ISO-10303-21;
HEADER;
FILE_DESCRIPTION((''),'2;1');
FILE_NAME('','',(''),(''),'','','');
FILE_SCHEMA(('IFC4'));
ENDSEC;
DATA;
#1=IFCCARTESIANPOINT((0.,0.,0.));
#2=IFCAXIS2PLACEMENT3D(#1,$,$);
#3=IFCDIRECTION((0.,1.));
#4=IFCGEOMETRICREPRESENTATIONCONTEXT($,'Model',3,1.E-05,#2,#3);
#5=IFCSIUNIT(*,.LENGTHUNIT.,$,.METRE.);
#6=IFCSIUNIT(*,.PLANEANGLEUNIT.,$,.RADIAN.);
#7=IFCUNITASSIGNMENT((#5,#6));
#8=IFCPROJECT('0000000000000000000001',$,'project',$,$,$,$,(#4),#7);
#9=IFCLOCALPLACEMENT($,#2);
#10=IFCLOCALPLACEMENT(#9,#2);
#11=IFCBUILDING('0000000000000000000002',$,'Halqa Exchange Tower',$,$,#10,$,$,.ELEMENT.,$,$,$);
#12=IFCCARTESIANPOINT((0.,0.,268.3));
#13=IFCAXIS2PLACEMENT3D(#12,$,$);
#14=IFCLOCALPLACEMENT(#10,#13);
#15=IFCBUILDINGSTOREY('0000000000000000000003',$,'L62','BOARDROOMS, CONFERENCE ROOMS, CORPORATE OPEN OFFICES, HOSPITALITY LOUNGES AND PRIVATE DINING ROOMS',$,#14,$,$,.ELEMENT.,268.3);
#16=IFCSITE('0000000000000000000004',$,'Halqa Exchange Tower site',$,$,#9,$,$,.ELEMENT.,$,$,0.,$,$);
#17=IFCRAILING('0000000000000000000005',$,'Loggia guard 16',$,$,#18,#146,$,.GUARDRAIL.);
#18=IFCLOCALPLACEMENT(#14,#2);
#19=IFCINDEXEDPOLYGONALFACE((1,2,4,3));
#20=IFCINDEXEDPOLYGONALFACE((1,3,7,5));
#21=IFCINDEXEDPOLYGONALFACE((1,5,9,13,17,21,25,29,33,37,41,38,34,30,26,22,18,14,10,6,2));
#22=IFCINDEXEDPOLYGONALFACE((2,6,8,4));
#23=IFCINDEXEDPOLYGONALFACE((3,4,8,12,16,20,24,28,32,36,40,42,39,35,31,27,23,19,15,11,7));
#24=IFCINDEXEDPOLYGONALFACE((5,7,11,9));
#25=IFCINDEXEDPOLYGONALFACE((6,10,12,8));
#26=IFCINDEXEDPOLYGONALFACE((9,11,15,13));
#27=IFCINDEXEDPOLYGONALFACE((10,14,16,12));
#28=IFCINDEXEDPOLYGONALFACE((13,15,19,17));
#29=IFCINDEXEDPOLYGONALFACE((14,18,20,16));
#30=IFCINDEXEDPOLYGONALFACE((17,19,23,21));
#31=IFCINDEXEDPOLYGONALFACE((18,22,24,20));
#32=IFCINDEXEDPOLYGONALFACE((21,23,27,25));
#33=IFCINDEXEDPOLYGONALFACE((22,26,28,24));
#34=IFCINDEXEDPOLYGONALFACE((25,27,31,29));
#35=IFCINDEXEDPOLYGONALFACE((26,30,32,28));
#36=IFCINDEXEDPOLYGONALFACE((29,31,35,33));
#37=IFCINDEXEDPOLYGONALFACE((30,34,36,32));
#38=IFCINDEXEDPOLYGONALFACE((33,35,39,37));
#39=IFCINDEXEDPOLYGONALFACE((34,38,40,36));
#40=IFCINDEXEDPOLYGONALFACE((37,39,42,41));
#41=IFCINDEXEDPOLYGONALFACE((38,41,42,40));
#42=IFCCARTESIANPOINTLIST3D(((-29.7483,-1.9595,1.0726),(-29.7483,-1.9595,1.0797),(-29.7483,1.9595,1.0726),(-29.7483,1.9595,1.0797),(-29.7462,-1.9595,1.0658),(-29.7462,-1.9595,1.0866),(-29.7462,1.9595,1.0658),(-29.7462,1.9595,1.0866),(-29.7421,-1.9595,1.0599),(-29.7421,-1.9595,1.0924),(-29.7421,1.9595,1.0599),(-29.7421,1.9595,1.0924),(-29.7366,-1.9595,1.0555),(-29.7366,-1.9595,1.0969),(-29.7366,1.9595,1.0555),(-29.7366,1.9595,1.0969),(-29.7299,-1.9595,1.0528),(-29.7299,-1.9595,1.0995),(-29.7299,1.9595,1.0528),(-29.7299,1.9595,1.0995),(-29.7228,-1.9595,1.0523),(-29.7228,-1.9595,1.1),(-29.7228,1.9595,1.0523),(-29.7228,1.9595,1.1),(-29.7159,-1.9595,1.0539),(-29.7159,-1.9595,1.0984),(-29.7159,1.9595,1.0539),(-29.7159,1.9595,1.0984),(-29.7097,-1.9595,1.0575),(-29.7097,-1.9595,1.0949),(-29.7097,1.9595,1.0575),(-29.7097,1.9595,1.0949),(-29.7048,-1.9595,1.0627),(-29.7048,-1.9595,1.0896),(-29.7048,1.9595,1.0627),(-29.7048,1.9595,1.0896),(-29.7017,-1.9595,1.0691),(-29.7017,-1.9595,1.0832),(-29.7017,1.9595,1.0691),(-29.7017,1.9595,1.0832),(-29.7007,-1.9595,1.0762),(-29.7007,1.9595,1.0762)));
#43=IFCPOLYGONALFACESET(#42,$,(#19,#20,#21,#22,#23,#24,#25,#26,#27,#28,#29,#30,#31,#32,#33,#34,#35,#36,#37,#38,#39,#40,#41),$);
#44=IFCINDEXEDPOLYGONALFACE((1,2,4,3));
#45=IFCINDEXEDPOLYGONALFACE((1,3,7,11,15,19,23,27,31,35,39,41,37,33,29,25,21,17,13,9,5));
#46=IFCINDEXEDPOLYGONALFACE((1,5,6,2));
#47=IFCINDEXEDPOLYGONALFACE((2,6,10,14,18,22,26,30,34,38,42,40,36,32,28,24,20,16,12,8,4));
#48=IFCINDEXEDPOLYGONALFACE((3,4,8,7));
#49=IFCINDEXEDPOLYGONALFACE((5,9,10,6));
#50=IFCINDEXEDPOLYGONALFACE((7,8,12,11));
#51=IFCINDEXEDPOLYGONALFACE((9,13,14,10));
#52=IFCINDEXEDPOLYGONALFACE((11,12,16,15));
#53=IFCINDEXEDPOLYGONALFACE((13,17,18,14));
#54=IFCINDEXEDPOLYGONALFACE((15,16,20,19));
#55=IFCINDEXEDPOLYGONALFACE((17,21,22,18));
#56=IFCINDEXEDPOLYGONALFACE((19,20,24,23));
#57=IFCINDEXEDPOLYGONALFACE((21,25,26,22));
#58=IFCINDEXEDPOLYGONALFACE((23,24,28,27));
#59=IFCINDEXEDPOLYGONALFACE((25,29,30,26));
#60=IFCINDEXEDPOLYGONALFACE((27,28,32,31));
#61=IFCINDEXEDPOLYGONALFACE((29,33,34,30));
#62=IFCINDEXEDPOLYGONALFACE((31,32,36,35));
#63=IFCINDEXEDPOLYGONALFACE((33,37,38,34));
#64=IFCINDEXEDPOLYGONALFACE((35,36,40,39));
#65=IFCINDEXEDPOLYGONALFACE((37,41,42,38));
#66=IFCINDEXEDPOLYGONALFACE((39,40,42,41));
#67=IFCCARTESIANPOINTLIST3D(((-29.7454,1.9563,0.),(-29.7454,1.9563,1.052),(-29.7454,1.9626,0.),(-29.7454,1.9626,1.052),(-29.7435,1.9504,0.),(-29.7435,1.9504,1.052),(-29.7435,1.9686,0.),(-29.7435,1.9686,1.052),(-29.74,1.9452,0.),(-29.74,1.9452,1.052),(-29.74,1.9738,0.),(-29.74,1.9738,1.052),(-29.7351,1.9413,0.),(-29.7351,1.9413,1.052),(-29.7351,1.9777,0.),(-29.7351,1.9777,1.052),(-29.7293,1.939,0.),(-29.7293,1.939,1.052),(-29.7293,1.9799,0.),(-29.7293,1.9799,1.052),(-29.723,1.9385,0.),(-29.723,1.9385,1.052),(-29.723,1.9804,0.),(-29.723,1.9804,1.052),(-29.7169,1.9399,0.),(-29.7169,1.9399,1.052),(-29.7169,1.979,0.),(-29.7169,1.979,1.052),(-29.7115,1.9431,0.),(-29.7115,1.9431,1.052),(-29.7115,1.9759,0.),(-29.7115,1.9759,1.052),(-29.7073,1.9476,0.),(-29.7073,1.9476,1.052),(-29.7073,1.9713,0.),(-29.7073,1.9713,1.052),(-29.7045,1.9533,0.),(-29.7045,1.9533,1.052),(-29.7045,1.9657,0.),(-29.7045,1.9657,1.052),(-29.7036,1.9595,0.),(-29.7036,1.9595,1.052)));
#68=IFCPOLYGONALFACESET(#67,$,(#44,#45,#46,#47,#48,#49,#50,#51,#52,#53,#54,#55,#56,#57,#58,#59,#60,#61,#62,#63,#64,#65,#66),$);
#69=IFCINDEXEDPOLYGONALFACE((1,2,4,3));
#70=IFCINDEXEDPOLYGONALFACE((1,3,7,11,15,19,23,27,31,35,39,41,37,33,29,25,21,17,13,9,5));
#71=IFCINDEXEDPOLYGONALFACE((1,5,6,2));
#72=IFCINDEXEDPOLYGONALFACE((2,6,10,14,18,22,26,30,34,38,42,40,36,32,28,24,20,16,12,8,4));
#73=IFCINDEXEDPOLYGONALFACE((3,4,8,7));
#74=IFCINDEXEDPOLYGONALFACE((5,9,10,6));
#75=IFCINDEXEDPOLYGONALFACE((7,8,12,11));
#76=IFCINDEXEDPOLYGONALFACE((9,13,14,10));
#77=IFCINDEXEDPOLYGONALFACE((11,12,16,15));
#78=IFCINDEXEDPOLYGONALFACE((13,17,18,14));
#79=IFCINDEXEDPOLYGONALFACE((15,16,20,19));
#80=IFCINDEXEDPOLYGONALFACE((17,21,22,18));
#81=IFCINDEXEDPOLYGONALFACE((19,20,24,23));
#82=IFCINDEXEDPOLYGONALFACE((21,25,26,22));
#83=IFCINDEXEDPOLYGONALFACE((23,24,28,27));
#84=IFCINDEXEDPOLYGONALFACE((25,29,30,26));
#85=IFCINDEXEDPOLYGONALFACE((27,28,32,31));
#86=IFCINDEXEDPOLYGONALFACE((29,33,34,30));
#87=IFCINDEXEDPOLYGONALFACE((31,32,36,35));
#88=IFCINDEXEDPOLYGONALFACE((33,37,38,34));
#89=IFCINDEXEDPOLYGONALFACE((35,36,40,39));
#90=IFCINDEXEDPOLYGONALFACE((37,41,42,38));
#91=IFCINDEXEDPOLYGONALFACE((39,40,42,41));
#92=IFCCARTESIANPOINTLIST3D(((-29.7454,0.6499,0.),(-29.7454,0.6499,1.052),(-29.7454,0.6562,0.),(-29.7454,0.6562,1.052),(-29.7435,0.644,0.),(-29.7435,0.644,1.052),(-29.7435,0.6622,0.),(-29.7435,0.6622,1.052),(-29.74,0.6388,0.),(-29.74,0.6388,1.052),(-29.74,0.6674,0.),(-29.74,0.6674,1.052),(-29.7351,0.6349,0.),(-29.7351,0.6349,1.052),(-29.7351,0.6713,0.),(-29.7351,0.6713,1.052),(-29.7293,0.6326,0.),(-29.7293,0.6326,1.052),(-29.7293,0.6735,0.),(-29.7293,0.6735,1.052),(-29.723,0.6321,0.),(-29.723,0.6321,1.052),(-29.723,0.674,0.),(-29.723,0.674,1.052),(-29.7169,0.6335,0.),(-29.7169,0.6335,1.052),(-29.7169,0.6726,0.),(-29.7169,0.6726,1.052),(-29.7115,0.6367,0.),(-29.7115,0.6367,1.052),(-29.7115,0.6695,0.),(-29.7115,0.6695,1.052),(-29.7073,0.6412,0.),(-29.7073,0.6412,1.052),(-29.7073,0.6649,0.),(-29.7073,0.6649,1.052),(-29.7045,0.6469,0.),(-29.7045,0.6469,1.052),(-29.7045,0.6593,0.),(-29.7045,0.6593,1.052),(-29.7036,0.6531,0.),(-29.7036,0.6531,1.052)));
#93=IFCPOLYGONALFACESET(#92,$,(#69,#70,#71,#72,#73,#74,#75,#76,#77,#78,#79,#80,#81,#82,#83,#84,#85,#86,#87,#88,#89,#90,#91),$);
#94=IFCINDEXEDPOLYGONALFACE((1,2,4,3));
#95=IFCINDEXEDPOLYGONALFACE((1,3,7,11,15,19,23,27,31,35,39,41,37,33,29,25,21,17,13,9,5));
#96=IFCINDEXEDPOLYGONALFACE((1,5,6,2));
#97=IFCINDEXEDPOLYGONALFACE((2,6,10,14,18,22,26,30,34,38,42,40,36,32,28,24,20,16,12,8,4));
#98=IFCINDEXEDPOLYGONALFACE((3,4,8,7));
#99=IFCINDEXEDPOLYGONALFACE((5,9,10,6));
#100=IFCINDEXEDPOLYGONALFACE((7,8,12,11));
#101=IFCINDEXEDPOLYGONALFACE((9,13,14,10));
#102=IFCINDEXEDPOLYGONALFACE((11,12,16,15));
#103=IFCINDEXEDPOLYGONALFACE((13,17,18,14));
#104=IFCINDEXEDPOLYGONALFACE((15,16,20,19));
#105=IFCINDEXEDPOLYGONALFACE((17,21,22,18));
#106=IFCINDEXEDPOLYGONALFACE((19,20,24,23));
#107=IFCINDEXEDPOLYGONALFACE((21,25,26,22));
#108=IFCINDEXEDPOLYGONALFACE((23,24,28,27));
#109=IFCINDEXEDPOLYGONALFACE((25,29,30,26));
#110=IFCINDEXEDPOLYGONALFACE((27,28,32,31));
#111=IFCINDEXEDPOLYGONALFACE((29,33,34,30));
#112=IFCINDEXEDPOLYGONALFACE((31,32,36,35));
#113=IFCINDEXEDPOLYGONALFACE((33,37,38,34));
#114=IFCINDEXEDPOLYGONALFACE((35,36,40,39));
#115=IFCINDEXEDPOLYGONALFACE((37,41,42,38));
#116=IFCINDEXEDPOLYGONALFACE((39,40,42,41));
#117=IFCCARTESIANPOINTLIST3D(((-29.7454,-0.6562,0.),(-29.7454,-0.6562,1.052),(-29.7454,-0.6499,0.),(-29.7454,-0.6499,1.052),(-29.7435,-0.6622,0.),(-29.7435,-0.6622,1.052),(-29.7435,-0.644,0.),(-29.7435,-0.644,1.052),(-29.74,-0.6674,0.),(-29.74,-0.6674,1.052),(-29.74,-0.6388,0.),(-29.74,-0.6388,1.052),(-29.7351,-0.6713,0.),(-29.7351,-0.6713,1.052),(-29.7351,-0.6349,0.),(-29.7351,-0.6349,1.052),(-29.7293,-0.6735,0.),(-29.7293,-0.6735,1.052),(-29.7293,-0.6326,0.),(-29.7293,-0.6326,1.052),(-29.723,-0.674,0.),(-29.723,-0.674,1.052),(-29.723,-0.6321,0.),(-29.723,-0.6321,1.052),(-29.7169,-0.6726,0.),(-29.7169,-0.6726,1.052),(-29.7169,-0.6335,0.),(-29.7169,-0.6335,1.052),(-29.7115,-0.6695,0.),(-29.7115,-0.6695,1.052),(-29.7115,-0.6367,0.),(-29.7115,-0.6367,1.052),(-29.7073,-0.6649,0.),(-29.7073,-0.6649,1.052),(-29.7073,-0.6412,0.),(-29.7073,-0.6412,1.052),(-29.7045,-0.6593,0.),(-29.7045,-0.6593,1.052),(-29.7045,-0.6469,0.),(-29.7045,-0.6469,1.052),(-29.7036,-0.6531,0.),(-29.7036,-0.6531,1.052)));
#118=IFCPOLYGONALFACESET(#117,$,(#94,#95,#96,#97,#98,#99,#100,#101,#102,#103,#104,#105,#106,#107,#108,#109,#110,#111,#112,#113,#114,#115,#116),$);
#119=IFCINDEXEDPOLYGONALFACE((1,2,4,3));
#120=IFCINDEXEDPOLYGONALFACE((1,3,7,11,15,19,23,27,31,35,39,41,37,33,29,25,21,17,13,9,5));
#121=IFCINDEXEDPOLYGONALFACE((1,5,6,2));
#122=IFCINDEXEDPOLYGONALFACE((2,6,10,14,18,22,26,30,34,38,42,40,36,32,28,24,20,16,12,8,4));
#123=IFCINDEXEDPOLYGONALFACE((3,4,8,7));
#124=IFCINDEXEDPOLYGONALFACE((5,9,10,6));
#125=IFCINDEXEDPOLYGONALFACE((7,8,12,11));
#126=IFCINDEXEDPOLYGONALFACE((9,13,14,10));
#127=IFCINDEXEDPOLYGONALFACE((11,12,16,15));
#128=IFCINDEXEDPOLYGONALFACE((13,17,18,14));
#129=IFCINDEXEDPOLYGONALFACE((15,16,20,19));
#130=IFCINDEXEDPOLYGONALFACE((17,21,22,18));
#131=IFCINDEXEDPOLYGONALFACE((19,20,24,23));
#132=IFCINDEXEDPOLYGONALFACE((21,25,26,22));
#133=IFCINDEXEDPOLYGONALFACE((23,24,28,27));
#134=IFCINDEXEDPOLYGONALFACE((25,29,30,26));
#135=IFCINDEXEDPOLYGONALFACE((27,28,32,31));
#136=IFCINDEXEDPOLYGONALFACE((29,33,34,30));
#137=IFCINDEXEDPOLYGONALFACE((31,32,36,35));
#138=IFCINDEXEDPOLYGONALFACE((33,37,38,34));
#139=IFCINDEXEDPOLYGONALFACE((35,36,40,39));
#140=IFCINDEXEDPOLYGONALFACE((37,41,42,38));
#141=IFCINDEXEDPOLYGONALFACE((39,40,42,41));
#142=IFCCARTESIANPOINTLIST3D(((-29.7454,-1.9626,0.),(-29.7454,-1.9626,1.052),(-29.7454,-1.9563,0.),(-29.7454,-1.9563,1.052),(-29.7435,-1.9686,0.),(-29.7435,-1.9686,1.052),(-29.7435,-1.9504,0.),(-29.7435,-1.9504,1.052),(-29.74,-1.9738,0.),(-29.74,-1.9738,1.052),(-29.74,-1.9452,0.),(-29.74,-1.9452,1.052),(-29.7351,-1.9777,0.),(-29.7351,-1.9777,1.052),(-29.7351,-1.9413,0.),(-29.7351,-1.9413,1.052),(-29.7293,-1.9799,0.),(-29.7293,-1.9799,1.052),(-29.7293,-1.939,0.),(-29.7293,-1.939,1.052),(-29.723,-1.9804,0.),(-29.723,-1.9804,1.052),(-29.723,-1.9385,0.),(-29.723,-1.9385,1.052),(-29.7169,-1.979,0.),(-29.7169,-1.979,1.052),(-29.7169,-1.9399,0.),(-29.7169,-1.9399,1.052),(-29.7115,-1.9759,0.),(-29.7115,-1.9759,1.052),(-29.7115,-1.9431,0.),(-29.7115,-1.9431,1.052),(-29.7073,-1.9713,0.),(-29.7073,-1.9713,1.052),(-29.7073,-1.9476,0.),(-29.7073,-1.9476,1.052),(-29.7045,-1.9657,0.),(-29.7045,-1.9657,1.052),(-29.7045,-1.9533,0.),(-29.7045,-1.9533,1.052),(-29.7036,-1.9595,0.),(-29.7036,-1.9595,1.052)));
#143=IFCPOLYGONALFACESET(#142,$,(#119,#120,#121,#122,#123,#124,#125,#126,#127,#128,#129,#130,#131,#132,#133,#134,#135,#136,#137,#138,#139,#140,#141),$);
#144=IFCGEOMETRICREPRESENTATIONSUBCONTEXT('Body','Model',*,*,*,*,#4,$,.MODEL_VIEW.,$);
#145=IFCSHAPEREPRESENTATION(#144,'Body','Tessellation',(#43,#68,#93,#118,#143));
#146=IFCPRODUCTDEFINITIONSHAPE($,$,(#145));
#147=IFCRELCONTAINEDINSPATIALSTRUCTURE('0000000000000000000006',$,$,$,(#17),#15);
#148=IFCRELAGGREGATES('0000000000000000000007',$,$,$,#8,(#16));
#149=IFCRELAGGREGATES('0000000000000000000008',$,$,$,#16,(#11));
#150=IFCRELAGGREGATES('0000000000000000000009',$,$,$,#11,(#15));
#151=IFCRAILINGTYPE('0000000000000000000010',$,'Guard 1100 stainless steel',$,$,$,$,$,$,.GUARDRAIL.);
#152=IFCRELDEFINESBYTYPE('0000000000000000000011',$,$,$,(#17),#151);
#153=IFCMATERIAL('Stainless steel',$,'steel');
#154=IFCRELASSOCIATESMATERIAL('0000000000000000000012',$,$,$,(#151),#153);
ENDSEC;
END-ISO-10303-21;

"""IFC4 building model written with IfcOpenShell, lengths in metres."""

from ifc_helpers import new_model, si_unit, direction, frame, origin, origin_2d, place, context, subcontext, project, spatial, circle, extrude, material, type_object, element, save


model = new_model("IFC4")

# Units and contexts
model_context = context("Model", 3, precision=1e-05, world=origin(), true_north=direction((0.0, 1.0)))
body_context = subcontext(model_context, "Body", "Model", "MODEL_VIEW")
ifc_project = project(units=[si_unit("LENGTHUNIT", "METRE"), si_unit("PLANEANGLEUNIT", "RADIAN")], contexts=[model_context])

# Site, building, storey
site_placement = place(None, origin())
site = spatial("IfcSite", under=ifc_project, at=site_placement, Name="Halqa Exchange Tower site", CompositionType="ELEMENT", RefElevation=0.0)
building_placement = place(site_placement, origin())
building = spatial("IfcBuilding", under=site, at=building_placement, Name="Halqa Exchange Tower", CompositionType="ELEMENT")
storey_placement = place(building_placement, frame((0.0, 0.0, 268.3)))
storey = spatial("IfcBuildingStorey", under=building, at=storey_placement, Name="L62", Description="BOARDROOMS, CONFERENCE ROOMS, CORPORATE OPEN OFFICES, HOSPITALITY LOUNGES AND PRIVATE DINING ROOMS", CompositionType="ELEMENT", Elevation=268.3)

# Railing
ifc_material_1 = material(Name="Stainless steel", Category="steel")
railing_type = type_object("IfcRailingType", Name="Guard 1100 stainless steel", PredefinedType="GUARDRAIL", material=ifc_material_1)
railing_1_placement = place(storey_placement, frame((-29.7246, 1.9595, 0.0)))
element("IfcRailing", 1, at=railing_1_placement, inside=storey, type_object=railing_type, Name="Loggia guard 16", PredefinedType="GUARDRAIL", context=body_context, shape_type="SweptSolid", body=[
    extrude(circle(Radius=0.0239, at=origin_2d()), frame((0.0, 0.0, 1.0762), z_axis=(0.0, -1.0, 0.0), x_axis=(1.0, 0.0, 0.0)), (0.0, 0.0, 1.0), 3.9189),
    extrude(circle(Radius=0.021, at=origin_2d()), origin(), (0.0, 0.0, 1.0), 1.052),
    extrude(circle(Radius=0.021, at=origin_2d()), frame((0.0, -1.3064, 0.0)), (0.0, 0.0, 1.0), 1.052),
    extrude(circle(Radius=0.021, at=origin_2d()), frame((0.0, -2.6125, 0.0)), (0.0, 0.0, 1.0), 1.052),
    extrude(circle(Radius=0.021, at=origin_2d()), frame((0.0, -3.9189, 0.0)), (0.0, 0.0, 1.0), 1.052),
])

save(model, "model.ifc")
